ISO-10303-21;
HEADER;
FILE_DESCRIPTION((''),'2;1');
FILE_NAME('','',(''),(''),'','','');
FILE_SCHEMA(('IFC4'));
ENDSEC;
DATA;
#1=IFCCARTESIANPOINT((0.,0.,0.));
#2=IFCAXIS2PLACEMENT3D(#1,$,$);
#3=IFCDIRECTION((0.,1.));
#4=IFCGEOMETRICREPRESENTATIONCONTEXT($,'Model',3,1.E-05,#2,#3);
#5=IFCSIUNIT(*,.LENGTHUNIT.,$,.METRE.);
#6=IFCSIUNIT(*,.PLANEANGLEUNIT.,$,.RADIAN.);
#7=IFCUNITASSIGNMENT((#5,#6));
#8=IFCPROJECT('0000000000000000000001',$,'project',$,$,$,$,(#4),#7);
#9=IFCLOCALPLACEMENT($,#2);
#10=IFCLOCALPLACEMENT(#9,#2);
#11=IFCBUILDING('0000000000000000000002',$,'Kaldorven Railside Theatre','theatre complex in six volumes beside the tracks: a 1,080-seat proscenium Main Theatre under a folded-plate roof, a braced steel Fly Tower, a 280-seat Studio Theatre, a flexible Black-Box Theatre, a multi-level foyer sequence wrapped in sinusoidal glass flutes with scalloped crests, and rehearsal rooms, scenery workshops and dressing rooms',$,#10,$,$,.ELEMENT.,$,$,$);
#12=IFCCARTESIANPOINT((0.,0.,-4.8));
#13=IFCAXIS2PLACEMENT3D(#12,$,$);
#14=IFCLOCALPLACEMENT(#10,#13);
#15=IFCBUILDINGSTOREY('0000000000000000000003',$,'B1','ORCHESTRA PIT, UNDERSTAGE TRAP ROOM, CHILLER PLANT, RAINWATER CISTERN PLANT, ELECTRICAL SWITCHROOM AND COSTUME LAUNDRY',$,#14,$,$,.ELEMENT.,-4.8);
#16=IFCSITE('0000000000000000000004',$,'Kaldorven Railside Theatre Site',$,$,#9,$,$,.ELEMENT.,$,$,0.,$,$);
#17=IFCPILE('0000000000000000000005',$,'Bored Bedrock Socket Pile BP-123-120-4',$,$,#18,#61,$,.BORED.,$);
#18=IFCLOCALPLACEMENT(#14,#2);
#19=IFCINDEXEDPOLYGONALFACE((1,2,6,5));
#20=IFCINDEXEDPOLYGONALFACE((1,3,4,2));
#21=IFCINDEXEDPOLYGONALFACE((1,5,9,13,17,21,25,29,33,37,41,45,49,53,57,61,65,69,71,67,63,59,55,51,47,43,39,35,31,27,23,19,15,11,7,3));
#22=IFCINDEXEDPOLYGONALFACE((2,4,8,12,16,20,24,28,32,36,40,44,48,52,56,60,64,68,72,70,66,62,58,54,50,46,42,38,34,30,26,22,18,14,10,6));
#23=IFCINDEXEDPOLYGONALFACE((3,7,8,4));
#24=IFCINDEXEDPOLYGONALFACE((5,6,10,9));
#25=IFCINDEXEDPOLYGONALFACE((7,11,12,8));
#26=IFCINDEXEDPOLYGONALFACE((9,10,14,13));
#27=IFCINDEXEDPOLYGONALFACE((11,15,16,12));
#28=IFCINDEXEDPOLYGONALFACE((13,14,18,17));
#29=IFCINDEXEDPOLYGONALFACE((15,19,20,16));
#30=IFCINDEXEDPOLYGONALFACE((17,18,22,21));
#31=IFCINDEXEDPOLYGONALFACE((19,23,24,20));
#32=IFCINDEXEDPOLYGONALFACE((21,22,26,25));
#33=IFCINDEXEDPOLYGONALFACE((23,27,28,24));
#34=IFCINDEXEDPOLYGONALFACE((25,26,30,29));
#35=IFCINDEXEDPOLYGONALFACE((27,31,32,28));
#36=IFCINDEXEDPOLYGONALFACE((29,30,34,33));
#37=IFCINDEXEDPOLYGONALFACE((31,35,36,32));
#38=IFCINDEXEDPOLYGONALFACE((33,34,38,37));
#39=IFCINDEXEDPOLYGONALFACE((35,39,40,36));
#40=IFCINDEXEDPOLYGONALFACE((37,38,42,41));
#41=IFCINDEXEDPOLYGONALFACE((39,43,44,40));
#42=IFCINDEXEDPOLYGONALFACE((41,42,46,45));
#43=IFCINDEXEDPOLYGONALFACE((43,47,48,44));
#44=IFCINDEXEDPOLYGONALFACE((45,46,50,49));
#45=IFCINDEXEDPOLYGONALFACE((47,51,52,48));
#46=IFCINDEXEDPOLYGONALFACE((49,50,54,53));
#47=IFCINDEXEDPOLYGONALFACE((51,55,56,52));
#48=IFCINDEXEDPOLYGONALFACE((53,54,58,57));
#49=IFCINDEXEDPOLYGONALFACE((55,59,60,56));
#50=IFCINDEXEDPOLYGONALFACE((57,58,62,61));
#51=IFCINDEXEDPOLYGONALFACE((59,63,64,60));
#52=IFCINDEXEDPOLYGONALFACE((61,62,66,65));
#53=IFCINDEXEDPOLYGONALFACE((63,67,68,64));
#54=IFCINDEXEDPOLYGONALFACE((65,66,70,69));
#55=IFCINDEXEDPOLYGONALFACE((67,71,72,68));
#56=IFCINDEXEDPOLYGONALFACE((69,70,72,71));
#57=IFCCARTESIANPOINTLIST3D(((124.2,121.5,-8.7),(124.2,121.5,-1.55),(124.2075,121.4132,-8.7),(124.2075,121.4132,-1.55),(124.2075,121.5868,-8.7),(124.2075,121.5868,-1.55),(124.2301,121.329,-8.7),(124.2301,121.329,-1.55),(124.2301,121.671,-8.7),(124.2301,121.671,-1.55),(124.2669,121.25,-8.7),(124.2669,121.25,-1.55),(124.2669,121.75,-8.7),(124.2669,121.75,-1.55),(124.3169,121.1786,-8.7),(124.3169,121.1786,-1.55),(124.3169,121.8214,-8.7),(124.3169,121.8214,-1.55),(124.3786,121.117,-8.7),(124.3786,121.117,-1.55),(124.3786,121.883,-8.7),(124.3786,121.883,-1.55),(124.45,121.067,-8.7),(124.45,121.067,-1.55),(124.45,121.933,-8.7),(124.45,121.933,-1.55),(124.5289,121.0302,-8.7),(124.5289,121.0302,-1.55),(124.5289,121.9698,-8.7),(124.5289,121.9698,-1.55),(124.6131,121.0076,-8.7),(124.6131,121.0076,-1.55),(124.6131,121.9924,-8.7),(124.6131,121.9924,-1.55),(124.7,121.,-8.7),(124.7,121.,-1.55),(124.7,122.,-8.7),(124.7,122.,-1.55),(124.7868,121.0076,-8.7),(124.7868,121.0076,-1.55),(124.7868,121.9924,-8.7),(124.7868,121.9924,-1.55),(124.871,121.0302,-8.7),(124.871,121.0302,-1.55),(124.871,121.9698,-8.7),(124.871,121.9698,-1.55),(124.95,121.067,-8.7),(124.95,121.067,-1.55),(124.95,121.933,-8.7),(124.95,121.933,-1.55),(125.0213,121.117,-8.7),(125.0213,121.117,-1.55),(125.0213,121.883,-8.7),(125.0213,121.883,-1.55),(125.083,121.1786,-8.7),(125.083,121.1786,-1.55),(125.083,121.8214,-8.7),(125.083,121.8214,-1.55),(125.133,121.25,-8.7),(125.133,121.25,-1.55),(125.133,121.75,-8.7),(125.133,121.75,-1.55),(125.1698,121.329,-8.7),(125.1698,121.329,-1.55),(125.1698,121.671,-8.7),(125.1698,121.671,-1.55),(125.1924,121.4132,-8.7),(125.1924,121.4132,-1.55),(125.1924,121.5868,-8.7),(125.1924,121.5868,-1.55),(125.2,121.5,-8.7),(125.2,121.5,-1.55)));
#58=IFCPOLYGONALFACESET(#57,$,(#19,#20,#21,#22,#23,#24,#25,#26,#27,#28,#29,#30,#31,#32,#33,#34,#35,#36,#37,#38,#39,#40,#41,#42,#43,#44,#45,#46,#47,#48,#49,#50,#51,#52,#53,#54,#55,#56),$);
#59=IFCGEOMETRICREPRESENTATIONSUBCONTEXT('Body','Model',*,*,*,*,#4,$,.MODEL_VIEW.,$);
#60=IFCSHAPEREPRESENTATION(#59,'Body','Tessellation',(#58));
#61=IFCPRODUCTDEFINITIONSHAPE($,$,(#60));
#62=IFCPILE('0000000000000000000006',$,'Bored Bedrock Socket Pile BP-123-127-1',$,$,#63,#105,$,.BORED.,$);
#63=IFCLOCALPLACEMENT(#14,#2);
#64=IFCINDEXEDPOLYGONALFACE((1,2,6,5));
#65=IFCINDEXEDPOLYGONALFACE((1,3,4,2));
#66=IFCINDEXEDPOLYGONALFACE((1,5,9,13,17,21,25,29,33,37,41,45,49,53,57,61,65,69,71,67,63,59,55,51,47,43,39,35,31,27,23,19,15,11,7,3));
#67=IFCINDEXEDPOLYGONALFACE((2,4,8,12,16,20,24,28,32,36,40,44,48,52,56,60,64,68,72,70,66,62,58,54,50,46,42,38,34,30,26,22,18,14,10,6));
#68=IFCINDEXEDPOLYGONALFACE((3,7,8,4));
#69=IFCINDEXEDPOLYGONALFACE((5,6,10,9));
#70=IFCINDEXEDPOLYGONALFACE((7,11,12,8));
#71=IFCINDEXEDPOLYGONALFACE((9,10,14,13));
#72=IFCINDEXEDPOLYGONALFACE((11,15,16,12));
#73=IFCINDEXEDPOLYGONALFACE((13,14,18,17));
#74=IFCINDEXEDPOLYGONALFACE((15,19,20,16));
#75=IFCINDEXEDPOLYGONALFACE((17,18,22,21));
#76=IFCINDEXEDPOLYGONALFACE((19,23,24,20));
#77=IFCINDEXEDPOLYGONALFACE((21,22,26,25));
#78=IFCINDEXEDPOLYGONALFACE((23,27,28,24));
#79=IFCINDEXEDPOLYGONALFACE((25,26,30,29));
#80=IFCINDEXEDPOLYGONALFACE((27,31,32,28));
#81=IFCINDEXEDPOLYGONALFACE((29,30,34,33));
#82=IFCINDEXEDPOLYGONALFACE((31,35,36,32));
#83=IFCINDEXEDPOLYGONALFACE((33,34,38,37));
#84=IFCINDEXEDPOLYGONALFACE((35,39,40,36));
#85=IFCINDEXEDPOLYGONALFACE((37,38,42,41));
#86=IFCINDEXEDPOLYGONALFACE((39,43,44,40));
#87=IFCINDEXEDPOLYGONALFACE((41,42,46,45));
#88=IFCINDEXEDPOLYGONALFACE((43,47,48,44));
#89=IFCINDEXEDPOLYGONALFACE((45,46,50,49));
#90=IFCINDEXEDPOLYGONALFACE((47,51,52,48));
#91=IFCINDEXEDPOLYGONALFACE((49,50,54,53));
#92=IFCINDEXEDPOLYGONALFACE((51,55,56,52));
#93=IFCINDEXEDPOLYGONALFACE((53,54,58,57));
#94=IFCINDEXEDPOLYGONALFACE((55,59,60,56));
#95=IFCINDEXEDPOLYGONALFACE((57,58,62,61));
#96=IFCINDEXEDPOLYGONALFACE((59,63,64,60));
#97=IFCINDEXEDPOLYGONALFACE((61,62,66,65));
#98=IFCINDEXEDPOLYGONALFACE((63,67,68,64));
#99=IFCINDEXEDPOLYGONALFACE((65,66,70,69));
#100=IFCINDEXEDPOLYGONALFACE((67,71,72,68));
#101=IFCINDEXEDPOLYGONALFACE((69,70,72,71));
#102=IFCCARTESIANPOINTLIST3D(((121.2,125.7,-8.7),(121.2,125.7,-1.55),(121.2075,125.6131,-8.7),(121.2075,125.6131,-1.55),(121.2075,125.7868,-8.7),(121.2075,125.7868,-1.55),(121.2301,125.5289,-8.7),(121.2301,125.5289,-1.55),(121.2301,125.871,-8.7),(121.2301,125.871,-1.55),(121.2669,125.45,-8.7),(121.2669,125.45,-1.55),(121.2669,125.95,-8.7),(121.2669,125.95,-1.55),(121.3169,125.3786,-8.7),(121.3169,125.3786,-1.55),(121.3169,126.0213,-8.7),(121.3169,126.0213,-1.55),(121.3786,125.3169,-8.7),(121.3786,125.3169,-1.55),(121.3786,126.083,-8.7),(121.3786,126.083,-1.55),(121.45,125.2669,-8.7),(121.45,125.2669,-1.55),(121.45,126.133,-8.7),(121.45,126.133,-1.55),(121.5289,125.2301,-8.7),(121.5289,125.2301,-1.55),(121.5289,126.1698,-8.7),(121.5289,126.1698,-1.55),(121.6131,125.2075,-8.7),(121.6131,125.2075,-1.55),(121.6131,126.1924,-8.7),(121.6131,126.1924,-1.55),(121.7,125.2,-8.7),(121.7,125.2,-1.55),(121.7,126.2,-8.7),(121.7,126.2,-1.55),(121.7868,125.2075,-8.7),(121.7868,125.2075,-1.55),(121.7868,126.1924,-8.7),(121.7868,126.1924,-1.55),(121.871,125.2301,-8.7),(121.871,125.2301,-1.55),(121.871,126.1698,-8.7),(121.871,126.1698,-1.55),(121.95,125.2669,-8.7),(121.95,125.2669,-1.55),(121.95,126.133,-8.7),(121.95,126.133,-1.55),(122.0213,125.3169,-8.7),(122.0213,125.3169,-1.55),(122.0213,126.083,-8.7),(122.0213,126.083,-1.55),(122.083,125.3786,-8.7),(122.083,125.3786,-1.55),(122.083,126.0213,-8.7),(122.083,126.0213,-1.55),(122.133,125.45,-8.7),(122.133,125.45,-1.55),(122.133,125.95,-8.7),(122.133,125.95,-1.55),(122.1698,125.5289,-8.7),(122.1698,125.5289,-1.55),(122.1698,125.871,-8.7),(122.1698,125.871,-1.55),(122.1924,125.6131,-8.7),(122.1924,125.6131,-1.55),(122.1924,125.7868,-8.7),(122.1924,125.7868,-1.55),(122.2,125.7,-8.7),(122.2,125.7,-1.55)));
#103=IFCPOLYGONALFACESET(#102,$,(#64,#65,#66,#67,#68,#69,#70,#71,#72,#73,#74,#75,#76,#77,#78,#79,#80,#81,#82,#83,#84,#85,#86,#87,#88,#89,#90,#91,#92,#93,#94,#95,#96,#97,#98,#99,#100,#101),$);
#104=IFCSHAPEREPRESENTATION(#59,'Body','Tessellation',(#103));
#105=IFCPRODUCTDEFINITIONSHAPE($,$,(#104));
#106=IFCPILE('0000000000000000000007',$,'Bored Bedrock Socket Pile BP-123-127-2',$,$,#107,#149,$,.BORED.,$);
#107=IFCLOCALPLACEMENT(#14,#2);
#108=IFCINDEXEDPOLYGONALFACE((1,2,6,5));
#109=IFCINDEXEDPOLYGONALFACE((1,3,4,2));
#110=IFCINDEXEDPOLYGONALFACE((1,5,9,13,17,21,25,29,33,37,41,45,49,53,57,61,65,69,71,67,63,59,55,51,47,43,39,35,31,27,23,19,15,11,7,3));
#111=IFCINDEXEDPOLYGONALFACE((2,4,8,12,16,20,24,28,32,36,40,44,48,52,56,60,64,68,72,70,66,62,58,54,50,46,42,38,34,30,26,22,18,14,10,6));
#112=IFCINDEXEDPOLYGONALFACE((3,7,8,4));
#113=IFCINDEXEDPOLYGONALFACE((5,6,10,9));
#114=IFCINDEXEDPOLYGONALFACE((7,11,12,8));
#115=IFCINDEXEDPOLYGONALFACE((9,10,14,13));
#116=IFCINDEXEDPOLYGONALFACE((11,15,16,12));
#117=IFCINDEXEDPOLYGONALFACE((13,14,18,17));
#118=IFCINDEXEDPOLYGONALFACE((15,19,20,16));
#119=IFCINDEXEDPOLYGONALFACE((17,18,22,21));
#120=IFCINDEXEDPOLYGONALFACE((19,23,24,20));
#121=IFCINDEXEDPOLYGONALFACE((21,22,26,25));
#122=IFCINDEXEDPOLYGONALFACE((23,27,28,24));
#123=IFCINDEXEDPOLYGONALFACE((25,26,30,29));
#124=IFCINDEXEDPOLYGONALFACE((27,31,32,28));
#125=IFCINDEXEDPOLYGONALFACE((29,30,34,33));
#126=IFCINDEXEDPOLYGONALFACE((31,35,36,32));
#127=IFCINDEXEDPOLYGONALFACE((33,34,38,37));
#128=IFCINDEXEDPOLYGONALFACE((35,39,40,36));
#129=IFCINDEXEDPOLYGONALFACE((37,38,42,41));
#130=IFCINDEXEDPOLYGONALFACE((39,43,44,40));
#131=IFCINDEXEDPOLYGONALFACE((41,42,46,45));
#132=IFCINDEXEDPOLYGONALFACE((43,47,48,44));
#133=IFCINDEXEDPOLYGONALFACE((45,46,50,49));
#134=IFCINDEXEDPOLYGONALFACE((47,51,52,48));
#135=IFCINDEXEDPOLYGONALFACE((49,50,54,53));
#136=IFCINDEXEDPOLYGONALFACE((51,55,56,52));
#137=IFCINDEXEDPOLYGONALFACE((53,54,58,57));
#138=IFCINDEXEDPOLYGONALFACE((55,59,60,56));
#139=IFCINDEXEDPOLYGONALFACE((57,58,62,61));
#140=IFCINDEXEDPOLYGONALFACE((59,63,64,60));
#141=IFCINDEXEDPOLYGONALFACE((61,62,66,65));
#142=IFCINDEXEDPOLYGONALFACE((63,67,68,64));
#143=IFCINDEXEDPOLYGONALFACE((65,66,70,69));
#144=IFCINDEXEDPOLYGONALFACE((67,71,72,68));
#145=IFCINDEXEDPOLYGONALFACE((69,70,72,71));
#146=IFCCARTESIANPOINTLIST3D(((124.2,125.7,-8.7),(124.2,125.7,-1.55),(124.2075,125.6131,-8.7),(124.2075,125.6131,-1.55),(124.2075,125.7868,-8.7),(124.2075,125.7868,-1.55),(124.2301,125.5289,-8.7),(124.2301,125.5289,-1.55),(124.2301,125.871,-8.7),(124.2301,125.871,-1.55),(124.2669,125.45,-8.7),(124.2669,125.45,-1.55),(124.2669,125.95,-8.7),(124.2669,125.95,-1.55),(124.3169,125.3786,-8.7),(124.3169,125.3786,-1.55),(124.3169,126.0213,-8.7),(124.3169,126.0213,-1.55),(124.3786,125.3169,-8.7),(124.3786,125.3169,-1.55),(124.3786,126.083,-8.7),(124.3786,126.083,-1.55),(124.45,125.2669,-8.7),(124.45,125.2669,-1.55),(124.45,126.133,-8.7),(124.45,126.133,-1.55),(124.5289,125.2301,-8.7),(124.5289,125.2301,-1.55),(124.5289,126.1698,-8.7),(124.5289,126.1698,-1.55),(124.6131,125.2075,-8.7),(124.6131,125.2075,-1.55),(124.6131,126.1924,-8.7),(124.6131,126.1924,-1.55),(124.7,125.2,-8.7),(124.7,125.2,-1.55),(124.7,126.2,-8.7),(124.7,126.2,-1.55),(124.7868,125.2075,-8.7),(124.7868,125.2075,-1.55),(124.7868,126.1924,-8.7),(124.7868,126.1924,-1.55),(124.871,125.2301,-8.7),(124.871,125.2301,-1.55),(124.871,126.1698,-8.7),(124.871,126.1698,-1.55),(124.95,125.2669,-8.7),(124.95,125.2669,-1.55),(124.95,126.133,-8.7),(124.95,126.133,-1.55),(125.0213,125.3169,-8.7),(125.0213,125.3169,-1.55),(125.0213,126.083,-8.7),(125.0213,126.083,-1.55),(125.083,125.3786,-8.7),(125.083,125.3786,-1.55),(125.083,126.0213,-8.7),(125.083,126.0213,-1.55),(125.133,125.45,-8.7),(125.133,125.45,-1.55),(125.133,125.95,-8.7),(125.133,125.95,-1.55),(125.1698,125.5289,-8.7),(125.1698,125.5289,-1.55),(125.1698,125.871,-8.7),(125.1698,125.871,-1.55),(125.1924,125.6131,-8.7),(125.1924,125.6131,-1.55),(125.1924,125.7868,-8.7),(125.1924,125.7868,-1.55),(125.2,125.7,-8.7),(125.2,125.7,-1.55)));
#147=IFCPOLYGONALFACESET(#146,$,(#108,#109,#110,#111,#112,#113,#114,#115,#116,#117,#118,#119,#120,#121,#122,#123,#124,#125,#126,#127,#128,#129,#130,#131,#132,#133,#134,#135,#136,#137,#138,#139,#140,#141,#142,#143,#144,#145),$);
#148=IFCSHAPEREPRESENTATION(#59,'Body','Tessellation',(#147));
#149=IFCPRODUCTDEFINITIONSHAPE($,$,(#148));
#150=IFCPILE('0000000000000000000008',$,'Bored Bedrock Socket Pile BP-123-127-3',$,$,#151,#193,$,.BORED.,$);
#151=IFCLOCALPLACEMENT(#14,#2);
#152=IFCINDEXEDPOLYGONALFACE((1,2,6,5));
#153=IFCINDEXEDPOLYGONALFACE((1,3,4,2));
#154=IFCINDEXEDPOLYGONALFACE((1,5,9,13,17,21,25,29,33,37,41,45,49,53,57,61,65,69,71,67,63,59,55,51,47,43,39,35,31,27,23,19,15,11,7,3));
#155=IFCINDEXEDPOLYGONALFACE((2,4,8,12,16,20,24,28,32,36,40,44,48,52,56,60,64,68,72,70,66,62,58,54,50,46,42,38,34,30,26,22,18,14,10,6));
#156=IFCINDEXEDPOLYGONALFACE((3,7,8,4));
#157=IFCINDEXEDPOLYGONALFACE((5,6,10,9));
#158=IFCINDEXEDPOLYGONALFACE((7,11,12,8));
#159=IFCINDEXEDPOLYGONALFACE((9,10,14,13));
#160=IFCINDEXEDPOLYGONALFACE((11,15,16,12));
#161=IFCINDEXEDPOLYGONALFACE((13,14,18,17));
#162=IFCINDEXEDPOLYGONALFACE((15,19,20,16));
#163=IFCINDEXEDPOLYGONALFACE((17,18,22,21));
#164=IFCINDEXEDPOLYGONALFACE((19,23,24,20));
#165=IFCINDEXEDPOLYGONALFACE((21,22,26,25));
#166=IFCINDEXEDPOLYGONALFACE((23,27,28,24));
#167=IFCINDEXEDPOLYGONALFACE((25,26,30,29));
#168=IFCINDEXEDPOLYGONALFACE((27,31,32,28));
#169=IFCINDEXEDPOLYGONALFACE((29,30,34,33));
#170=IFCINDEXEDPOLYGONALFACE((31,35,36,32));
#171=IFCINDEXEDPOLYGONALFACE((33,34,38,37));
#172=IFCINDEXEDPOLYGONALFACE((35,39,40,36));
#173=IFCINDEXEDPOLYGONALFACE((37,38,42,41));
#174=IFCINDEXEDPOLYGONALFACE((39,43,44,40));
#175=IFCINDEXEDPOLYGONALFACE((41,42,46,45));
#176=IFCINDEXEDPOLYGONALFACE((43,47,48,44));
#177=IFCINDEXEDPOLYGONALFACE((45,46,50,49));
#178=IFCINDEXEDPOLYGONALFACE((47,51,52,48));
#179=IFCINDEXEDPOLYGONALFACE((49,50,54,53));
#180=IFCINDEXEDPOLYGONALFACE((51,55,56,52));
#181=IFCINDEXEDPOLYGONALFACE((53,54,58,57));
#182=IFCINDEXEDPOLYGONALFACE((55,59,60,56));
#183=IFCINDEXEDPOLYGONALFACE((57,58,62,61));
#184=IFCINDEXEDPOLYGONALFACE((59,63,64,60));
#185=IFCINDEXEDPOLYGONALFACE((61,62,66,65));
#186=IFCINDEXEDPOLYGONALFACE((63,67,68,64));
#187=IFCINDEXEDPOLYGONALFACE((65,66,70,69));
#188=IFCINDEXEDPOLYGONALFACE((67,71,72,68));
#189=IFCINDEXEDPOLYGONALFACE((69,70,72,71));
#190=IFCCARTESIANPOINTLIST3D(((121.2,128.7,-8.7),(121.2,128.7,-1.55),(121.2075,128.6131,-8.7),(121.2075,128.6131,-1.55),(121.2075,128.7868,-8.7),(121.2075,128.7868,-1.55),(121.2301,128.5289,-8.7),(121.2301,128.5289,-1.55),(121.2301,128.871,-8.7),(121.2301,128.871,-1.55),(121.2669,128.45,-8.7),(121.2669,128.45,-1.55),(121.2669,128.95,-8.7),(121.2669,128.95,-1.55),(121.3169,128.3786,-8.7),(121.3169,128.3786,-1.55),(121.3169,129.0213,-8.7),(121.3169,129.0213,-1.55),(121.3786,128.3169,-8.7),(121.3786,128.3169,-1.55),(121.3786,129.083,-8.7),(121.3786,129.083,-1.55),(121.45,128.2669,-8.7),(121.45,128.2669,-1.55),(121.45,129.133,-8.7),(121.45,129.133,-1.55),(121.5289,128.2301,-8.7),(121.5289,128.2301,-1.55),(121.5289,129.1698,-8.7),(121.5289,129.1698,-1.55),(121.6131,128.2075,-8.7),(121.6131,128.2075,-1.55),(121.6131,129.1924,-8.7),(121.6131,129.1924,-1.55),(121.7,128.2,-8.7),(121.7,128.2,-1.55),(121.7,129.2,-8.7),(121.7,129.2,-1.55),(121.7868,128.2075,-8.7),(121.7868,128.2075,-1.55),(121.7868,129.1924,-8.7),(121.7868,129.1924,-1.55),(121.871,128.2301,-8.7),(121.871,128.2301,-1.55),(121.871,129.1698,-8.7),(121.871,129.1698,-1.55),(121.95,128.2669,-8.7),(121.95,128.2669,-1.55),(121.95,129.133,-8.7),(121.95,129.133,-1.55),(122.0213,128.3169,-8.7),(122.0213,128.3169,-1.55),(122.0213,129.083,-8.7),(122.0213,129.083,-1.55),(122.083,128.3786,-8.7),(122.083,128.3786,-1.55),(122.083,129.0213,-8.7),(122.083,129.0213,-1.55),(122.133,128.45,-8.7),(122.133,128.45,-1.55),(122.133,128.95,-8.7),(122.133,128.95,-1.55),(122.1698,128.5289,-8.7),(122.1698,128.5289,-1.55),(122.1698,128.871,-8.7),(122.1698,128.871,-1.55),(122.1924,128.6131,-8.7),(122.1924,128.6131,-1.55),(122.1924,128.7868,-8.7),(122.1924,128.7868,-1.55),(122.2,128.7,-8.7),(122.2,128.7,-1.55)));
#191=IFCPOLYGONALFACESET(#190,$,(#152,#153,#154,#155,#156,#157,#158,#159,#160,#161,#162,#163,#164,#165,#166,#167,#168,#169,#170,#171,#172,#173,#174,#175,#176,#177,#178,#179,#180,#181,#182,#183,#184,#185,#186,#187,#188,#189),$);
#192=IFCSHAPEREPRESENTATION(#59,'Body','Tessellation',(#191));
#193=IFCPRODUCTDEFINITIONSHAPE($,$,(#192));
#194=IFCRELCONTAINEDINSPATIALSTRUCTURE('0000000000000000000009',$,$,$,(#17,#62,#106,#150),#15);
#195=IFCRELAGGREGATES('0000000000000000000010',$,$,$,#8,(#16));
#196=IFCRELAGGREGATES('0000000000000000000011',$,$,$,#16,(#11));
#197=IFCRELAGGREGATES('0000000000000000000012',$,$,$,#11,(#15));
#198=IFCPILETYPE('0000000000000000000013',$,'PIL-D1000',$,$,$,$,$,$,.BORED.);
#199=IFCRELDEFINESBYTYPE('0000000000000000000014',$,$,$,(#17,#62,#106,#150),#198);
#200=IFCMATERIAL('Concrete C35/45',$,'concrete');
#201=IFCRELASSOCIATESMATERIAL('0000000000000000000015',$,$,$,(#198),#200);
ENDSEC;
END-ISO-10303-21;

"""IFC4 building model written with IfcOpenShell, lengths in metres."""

from ifc_helpers import new_model, si_unit, direction, frame, origin, origin_2d, place, context, subcontext, project, spatial, circle, extrude, material, material_profile, profile_set, type_object, element, save


model = new_model("IFC4")

# Units and contexts
model_context = context("Model", 3, precision=1e-05, world=origin(), true_north=direction((0.0, 1.0)))
body_context = subcontext(model_context, "Body", "Model", "MODEL_VIEW")
ifc_project = project(units=[si_unit("LENGTHUNIT", "METRE"), si_unit("PLANEANGLEUNIT", "RADIAN")], contexts=[model_context])

# Site, building, storey
site_placement = place(None, origin())
site = spatial("IfcSite", under=ifc_project, at=site_placement, Name="Kaldorven Railside Theatre Site", CompositionType="ELEMENT", RefElevation=0.0)
building_placement = place(site_placement, origin())
building = spatial("IfcBuilding", under=site, at=building_placement, Name="Kaldorven Railside Theatre", Description="theatre complex in six volumes beside the tracks: a 1,080-seat proscenium Main Theatre under a folded-plate roof, a braced steel Fly Tower, a 280-seat Studio Theatre, a flexible Black-Box Theatre, a multi-level foyer sequence wrapped in sinusoidal glass flutes with scalloped crests, and rehearsal rooms, scenery workshops and dressing rooms", CompositionType="ELEMENT")
storey_placement = place(building_placement, frame((0.0, 0.0, -4.8)))
storey = spatial("IfcBuildingStorey", under=building, at=storey_placement, Name="B1", Description="ORCHESTRA PIT, UNDERSTAGE TRAP ROOM, CHILLER PLANT, RAINWATER CISTERN PLANT, ELECTRICAL SWITCHROOM AND COSTUME LAUNDRY", CompositionType="ELEMENT", Elevation=-4.8)

# Piles
ifc_material_1 = material(Name="Concrete C35/45", Category="concrete")
ifc_material_profile_1 = material_profile(ifc_material_1, circle(Radius=0.5, at=origin_2d()), Name="BP D1000")
ifc_profile_set_1 = profile_set([ifc_material_profile_1], Name="Concrete C35/45")
pile_type_1 = type_object("IfcPileType", Name="PIL-D1000", PredefinedType="BORED", material=ifc_profile_set_1)
for number, where, z_axis, x_axis, name in (
    (1, (124.7, 121.5, -1.55), (0.0, 0.0, -1.0), (1.0, 0.0, 0.0), "Bored Bedrock Socket Pile BP-123-120-4"),
    (2, (121.7, 125.7, -1.55), (0.0, 0.0, -1.0), (1.0, 0.0, 0.0), "Bored Bedrock Socket Pile BP-123-127-1"),
    (3, (124.7, 125.7, -1.55), (0.0, 0.0, -1.0), (1.0, 0.0, 0.0), "Bored Bedrock Socket Pile BP-123-127-2"),
    (4, (121.7, 128.7, -1.55), (0.0, 0.0, -1.0), (1.0, 0.0, 0.0), "Bored Bedrock Socket Pile BP-123-127-3"),
):
    element("IfcPile", number, at=place(storey_placement, frame(where, z_axis=z_axis, x_axis=x_axis)), inside=storey, type_object=pile_type_1, Name=name, PredefinedType="BORED", context=body_context, shape_type="SweptSolid", body=[
        extrude(circle(Radius=0.5, at=origin_2d()), origin(), (0.0, 0.0, 1.0), 7.1499),
    ])

save(model, "model.ifc")
